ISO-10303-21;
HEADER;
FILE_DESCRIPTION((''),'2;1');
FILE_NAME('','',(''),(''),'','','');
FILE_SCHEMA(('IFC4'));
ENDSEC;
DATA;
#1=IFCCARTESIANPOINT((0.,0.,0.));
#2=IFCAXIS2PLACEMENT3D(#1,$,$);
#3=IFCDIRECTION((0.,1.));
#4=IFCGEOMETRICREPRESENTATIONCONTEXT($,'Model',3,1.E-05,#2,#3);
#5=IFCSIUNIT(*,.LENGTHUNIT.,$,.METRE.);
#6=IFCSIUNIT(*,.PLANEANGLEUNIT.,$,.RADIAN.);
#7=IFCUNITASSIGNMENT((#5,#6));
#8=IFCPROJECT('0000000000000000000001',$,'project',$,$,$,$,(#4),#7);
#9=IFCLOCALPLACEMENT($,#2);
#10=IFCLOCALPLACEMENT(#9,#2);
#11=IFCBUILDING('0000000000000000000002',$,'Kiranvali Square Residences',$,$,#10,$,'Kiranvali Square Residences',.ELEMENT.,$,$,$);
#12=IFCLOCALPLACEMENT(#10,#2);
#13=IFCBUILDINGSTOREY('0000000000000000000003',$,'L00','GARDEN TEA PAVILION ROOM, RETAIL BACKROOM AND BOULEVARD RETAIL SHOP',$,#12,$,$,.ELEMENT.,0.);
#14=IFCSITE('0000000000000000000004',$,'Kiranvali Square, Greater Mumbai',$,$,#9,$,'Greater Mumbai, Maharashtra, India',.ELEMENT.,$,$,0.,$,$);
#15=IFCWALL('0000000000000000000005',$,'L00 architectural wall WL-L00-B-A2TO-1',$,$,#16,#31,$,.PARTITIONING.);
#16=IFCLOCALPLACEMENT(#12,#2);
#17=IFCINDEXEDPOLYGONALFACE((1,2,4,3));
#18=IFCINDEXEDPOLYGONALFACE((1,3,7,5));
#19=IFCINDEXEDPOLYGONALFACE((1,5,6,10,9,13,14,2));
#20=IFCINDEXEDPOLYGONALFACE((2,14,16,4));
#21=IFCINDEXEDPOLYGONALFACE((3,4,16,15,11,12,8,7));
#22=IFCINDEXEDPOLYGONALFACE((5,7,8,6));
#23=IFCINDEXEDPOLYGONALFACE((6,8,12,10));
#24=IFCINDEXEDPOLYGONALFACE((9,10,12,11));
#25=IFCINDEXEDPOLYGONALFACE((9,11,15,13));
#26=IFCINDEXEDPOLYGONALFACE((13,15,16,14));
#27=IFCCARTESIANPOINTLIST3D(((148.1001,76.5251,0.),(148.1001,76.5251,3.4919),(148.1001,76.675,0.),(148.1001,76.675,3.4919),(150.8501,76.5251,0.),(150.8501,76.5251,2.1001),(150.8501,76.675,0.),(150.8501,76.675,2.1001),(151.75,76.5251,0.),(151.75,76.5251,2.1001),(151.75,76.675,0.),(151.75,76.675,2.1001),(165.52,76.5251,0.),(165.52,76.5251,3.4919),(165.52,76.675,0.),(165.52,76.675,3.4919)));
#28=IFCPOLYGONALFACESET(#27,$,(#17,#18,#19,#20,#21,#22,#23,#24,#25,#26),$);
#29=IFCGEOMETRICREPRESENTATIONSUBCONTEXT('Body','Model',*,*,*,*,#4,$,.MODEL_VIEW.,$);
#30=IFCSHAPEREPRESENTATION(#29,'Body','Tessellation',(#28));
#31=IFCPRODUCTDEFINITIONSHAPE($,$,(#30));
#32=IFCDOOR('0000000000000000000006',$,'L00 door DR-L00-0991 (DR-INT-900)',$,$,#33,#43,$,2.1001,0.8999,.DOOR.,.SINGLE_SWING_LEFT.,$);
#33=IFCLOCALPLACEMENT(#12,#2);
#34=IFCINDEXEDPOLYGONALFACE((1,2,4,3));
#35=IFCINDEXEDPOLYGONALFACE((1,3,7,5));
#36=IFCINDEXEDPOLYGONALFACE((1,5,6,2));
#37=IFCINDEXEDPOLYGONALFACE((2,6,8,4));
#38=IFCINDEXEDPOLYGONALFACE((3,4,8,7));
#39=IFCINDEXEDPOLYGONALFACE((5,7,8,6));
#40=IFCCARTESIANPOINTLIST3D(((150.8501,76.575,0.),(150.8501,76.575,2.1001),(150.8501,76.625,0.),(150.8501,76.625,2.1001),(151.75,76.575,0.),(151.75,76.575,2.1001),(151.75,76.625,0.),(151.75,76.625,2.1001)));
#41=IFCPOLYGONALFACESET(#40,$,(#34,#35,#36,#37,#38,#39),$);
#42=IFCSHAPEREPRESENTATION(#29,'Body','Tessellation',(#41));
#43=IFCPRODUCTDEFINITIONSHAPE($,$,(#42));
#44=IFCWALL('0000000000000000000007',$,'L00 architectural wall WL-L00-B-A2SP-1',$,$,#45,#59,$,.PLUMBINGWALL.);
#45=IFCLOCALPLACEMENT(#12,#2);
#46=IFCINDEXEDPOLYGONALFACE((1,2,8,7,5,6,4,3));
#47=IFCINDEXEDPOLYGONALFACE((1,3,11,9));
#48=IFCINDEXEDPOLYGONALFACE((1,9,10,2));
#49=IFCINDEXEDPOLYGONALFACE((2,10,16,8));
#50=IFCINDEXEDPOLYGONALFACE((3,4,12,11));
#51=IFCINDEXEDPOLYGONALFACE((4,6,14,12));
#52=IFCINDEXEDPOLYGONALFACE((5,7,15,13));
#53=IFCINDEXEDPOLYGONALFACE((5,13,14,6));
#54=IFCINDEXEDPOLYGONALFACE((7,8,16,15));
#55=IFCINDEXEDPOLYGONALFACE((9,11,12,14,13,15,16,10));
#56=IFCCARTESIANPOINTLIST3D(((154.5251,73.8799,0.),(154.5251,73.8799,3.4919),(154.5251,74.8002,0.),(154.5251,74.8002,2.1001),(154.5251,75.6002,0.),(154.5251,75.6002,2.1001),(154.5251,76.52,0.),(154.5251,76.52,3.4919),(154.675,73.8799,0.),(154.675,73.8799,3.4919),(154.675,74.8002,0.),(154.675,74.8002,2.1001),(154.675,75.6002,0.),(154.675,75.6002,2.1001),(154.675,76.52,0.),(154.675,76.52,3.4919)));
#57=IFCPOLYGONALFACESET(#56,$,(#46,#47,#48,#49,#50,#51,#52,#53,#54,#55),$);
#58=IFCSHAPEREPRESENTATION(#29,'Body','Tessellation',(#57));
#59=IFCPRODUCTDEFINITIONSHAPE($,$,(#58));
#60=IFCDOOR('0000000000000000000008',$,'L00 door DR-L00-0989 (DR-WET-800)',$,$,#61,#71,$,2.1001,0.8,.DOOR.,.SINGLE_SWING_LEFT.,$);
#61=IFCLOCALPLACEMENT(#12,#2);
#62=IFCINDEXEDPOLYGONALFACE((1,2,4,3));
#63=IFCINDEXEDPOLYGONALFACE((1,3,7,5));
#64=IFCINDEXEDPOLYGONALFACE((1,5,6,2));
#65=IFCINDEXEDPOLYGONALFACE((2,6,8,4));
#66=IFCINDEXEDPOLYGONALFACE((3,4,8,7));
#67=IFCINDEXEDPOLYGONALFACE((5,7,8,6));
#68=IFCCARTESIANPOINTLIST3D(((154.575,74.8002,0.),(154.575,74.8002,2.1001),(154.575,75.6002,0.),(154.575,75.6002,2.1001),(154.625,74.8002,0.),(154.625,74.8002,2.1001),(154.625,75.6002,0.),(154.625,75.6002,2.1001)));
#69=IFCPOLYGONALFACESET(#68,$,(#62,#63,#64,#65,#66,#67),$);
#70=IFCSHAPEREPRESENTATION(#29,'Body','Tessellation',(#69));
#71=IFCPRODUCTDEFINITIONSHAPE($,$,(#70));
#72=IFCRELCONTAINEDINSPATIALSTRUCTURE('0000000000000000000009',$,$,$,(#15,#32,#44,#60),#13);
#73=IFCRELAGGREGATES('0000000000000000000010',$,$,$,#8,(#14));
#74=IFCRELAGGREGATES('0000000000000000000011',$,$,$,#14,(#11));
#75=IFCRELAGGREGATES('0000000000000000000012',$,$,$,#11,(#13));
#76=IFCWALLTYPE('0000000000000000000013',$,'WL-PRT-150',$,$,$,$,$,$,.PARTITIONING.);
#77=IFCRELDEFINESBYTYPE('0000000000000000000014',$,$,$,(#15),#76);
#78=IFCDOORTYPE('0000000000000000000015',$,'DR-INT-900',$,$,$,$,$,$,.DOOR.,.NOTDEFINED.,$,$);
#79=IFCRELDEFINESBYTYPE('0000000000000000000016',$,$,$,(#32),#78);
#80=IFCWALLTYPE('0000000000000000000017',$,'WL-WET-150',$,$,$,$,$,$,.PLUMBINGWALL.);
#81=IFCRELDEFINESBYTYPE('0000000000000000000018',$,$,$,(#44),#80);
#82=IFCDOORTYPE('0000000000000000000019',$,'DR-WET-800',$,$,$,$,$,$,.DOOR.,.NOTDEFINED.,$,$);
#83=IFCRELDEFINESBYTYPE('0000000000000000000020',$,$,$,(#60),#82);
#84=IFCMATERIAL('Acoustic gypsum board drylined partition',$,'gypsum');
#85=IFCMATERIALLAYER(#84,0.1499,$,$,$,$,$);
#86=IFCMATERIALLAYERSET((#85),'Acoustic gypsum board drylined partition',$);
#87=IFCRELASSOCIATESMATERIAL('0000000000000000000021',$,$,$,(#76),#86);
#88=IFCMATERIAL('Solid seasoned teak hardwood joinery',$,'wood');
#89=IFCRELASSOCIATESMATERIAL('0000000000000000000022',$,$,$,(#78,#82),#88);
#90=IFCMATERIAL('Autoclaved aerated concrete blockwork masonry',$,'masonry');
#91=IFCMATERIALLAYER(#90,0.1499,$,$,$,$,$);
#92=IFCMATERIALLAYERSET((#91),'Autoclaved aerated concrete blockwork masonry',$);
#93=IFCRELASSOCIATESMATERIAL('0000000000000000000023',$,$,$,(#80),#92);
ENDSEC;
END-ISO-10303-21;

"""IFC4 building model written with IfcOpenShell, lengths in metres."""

from ifc_helpers import new_model, si_unit, direction, frame, frame_2d, origin, place, context, subcontext, project, spatial, rectangle, extrude, material, layer, layer_set, type_object, element, fill, save


model = new_model("IFC4")

# Units and contexts
model_context = context("Model", 3, precision=1e-05, world=origin(), true_north=direction((0.0, 1.0)))
body_context = subcontext(model_context, "Body", "Model", "MODEL_VIEW")
ifc_project = project(units=[si_unit("LENGTHUNIT", "METRE"), si_unit("PLANEANGLEUNIT", "RADIAN")], contexts=[model_context])

# Site, building, storey
site_placement = place(None, origin())
site = spatial("IfcSite", under=ifc_project, at=site_placement, Name="Kiranvali Square, Greater Mumbai", LongName="Greater Mumbai, Maharashtra, India", CompositionType="ELEMENT", RefElevation=0.0)
building_placement = place(site_placement, origin())
building = spatial("IfcBuilding", under=site, at=building_placement, Name="Kiranvali Square Residences", LongName="Kiranvali Square Residences", CompositionType="ELEMENT")
storey_placement = place(building_placement, origin())
storey = spatial("IfcBuildingStorey", under=building, at=storey_placement, Name="L00", Description="GARDEN TEA PAVILION ROOM, RETAIL BACKROOM AND BOULEVARD RETAIL SHOP", CompositionType="ELEMENT", Elevation=0.0)

# Shared definitions
ifc_material_1 = material(Name="Autoclaved aerated concrete blockwork masonry", Category="masonry")

# Walls, openings, doors
ifc_material_2 = material(Name="Acoustic gypsum board drylined partition", Category="gypsum")
ifc_layer_1 = layer(ifc_material_2, 0.1499)
ifc_layer_set_1 = layer_set([ifc_layer_1], Name="Acoustic gypsum board drylined partition")
wall_type_1 = type_object("IfcWallType", Name="WL-PRT-150", PredefinedType="PARTITIONING", material=ifc_layer_set_1)
wall_1_placement = place(storey_placement, frame((148.1001, 76.6001, 0.0), z_axis=(0.0, 0.0, 1.0), x_axis=(1.0, 0.0, 0.0)))
wall_1 = element("IfcWall", 1, at=wall_1_placement, inside=storey, type_object=wall_type_1, Name="L00 architectural wall WL-L00-B-A2TO-1", PredefinedType="PARTITIONING", context=body_context, shape_type="SweptSolid", body=[
    extrude(rectangle(XDim=17.4199, YDim=0.1499, at=frame_2d((8.71, 0.0))), origin(), (0.0, 0.0, 1.0), 3.4919),
])
opening_1_placement = place(wall_1_placement, frame((2.75, 0.0, 0.0)))
opening_1 = element("IfcOpeningElement", 2, at=opening_1_placement, cuts=wall_1, PredefinedType="OPENING", context=body_context, shape_type="SweptSolid", body=[
    extrude(rectangle(XDim=0.8999, YDim=2.1001, at=frame_2d((0.45, 1.05))), frame((0.0, 0.085, 0.0), z_axis=(0.0, -1.0, 0.0), x_axis=(1.0, 0.0, 0.0)), (0.0, 0.0, 1.0), 0.1699),
])
ifc_material_3 = material(Name="Solid seasoned teak hardwood joinery", Category="wood")
door_type_1 = type_object("IfcDoorType", Name="DR-INT-900", OperationType="NOTDEFINED", PredefinedType="DOOR", material=ifc_material_3)
door_1_placement = place(opening_1_placement, origin())
door_1 = element("IfcDoor", 3, at=door_1_placement, inside=storey, type_object=door_type_1, Name="L00 door DR-L00-0991 (DR-INT-900)", OperationType="SINGLE_SWING_LEFT", OverallHeight=2.1001, OverallWidth=0.8999, PredefinedType="DOOR", context=body_context, shape_type="SweptSolid", body=[
    extrude(rectangle(XDim=0.8999, YDim=2.1001, at=frame_2d((0.45, 1.05))), frame((0.0, 0.0249, 0.0), z_axis=(0.0, -1.0, 0.0), x_axis=(1.0, 0.0, 0.0)), (0.0, 0.0, 1.0), 0.05),
])
fill(opening_1, door_1)
ifc_layer_2 = layer(ifc_material_1, 0.1499)
ifc_layer_set_2 = layer_set([ifc_layer_2], Name="Autoclaved aerated concrete blockwork masonry")
wall_type_2 = type_object("IfcWallType", Name="WL-WET-150", PredefinedType="PLUMBINGWALL", material=ifc_layer_set_2)
wall_2_placement = place(storey_placement, frame((154.6001, 76.52, 0.0), z_axis=(0.0, 0.0, 1.0), x_axis=(0.0, -1.0, 0.0)))
wall_2 = element("IfcWall", 4, at=wall_2_placement, inside=storey, type_object=wall_type_2, Name="L00 architectural wall WL-L00-B-A2SP-1", PredefinedType="PLUMBINGWALL", context=body_context, shape_type="SweptSolid", body=[
    extrude(rectangle(XDim=2.6401, YDim=0.1499, at=frame_2d((1.3201, 0.0))), origin(), (0.0, 0.0, 1.0), 3.4919),
])
opening_2_placement = place(wall_2_placement, frame((0.9199, 0.0, 0.0)))
opening_2 = element("IfcOpeningElement", 5, at=opening_2_placement, cuts=wall_2, PredefinedType="OPENING", context=body_context, shape_type="SweptSolid", body=[
    extrude(rectangle(XDim=0.8, YDim=2.1001, at=frame_2d((0.3999, 1.05))), frame((0.0, 0.085, 0.0), z_axis=(0.0, -1.0, 0.0), x_axis=(1.0, 0.0, 0.0)), (0.0, 0.0, 1.0), 0.1699),
])
door_type_2 = type_object("IfcDoorType", Name="DR-WET-800", OperationType="NOTDEFINED", PredefinedType="DOOR", material=ifc_material_3)
door_2_placement = place(opening_2_placement, origin())
door_2 = element("IfcDoor", 6, at=door_2_placement, inside=storey, type_object=door_type_2, Name="L00 door DR-L00-0989 (DR-WET-800)", OperationType="SINGLE_SWING_LEFT", OverallHeight=2.1001, OverallWidth=0.8, PredefinedType="DOOR", context=body_context, shape_type="SweptSolid", body=[
    extrude(rectangle(XDim=0.8, YDim=2.1001, at=frame_2d((0.3999, 1.05))), frame((0.0, 0.0249, 0.0), z_axis=(0.0, -1.0, 0.0), x_axis=(1.0, 0.0, 0.0)), (0.0, 0.0, 1.0), 0.05),
])
fill(opening_2, door_2)

save(model, "model.ifc")
